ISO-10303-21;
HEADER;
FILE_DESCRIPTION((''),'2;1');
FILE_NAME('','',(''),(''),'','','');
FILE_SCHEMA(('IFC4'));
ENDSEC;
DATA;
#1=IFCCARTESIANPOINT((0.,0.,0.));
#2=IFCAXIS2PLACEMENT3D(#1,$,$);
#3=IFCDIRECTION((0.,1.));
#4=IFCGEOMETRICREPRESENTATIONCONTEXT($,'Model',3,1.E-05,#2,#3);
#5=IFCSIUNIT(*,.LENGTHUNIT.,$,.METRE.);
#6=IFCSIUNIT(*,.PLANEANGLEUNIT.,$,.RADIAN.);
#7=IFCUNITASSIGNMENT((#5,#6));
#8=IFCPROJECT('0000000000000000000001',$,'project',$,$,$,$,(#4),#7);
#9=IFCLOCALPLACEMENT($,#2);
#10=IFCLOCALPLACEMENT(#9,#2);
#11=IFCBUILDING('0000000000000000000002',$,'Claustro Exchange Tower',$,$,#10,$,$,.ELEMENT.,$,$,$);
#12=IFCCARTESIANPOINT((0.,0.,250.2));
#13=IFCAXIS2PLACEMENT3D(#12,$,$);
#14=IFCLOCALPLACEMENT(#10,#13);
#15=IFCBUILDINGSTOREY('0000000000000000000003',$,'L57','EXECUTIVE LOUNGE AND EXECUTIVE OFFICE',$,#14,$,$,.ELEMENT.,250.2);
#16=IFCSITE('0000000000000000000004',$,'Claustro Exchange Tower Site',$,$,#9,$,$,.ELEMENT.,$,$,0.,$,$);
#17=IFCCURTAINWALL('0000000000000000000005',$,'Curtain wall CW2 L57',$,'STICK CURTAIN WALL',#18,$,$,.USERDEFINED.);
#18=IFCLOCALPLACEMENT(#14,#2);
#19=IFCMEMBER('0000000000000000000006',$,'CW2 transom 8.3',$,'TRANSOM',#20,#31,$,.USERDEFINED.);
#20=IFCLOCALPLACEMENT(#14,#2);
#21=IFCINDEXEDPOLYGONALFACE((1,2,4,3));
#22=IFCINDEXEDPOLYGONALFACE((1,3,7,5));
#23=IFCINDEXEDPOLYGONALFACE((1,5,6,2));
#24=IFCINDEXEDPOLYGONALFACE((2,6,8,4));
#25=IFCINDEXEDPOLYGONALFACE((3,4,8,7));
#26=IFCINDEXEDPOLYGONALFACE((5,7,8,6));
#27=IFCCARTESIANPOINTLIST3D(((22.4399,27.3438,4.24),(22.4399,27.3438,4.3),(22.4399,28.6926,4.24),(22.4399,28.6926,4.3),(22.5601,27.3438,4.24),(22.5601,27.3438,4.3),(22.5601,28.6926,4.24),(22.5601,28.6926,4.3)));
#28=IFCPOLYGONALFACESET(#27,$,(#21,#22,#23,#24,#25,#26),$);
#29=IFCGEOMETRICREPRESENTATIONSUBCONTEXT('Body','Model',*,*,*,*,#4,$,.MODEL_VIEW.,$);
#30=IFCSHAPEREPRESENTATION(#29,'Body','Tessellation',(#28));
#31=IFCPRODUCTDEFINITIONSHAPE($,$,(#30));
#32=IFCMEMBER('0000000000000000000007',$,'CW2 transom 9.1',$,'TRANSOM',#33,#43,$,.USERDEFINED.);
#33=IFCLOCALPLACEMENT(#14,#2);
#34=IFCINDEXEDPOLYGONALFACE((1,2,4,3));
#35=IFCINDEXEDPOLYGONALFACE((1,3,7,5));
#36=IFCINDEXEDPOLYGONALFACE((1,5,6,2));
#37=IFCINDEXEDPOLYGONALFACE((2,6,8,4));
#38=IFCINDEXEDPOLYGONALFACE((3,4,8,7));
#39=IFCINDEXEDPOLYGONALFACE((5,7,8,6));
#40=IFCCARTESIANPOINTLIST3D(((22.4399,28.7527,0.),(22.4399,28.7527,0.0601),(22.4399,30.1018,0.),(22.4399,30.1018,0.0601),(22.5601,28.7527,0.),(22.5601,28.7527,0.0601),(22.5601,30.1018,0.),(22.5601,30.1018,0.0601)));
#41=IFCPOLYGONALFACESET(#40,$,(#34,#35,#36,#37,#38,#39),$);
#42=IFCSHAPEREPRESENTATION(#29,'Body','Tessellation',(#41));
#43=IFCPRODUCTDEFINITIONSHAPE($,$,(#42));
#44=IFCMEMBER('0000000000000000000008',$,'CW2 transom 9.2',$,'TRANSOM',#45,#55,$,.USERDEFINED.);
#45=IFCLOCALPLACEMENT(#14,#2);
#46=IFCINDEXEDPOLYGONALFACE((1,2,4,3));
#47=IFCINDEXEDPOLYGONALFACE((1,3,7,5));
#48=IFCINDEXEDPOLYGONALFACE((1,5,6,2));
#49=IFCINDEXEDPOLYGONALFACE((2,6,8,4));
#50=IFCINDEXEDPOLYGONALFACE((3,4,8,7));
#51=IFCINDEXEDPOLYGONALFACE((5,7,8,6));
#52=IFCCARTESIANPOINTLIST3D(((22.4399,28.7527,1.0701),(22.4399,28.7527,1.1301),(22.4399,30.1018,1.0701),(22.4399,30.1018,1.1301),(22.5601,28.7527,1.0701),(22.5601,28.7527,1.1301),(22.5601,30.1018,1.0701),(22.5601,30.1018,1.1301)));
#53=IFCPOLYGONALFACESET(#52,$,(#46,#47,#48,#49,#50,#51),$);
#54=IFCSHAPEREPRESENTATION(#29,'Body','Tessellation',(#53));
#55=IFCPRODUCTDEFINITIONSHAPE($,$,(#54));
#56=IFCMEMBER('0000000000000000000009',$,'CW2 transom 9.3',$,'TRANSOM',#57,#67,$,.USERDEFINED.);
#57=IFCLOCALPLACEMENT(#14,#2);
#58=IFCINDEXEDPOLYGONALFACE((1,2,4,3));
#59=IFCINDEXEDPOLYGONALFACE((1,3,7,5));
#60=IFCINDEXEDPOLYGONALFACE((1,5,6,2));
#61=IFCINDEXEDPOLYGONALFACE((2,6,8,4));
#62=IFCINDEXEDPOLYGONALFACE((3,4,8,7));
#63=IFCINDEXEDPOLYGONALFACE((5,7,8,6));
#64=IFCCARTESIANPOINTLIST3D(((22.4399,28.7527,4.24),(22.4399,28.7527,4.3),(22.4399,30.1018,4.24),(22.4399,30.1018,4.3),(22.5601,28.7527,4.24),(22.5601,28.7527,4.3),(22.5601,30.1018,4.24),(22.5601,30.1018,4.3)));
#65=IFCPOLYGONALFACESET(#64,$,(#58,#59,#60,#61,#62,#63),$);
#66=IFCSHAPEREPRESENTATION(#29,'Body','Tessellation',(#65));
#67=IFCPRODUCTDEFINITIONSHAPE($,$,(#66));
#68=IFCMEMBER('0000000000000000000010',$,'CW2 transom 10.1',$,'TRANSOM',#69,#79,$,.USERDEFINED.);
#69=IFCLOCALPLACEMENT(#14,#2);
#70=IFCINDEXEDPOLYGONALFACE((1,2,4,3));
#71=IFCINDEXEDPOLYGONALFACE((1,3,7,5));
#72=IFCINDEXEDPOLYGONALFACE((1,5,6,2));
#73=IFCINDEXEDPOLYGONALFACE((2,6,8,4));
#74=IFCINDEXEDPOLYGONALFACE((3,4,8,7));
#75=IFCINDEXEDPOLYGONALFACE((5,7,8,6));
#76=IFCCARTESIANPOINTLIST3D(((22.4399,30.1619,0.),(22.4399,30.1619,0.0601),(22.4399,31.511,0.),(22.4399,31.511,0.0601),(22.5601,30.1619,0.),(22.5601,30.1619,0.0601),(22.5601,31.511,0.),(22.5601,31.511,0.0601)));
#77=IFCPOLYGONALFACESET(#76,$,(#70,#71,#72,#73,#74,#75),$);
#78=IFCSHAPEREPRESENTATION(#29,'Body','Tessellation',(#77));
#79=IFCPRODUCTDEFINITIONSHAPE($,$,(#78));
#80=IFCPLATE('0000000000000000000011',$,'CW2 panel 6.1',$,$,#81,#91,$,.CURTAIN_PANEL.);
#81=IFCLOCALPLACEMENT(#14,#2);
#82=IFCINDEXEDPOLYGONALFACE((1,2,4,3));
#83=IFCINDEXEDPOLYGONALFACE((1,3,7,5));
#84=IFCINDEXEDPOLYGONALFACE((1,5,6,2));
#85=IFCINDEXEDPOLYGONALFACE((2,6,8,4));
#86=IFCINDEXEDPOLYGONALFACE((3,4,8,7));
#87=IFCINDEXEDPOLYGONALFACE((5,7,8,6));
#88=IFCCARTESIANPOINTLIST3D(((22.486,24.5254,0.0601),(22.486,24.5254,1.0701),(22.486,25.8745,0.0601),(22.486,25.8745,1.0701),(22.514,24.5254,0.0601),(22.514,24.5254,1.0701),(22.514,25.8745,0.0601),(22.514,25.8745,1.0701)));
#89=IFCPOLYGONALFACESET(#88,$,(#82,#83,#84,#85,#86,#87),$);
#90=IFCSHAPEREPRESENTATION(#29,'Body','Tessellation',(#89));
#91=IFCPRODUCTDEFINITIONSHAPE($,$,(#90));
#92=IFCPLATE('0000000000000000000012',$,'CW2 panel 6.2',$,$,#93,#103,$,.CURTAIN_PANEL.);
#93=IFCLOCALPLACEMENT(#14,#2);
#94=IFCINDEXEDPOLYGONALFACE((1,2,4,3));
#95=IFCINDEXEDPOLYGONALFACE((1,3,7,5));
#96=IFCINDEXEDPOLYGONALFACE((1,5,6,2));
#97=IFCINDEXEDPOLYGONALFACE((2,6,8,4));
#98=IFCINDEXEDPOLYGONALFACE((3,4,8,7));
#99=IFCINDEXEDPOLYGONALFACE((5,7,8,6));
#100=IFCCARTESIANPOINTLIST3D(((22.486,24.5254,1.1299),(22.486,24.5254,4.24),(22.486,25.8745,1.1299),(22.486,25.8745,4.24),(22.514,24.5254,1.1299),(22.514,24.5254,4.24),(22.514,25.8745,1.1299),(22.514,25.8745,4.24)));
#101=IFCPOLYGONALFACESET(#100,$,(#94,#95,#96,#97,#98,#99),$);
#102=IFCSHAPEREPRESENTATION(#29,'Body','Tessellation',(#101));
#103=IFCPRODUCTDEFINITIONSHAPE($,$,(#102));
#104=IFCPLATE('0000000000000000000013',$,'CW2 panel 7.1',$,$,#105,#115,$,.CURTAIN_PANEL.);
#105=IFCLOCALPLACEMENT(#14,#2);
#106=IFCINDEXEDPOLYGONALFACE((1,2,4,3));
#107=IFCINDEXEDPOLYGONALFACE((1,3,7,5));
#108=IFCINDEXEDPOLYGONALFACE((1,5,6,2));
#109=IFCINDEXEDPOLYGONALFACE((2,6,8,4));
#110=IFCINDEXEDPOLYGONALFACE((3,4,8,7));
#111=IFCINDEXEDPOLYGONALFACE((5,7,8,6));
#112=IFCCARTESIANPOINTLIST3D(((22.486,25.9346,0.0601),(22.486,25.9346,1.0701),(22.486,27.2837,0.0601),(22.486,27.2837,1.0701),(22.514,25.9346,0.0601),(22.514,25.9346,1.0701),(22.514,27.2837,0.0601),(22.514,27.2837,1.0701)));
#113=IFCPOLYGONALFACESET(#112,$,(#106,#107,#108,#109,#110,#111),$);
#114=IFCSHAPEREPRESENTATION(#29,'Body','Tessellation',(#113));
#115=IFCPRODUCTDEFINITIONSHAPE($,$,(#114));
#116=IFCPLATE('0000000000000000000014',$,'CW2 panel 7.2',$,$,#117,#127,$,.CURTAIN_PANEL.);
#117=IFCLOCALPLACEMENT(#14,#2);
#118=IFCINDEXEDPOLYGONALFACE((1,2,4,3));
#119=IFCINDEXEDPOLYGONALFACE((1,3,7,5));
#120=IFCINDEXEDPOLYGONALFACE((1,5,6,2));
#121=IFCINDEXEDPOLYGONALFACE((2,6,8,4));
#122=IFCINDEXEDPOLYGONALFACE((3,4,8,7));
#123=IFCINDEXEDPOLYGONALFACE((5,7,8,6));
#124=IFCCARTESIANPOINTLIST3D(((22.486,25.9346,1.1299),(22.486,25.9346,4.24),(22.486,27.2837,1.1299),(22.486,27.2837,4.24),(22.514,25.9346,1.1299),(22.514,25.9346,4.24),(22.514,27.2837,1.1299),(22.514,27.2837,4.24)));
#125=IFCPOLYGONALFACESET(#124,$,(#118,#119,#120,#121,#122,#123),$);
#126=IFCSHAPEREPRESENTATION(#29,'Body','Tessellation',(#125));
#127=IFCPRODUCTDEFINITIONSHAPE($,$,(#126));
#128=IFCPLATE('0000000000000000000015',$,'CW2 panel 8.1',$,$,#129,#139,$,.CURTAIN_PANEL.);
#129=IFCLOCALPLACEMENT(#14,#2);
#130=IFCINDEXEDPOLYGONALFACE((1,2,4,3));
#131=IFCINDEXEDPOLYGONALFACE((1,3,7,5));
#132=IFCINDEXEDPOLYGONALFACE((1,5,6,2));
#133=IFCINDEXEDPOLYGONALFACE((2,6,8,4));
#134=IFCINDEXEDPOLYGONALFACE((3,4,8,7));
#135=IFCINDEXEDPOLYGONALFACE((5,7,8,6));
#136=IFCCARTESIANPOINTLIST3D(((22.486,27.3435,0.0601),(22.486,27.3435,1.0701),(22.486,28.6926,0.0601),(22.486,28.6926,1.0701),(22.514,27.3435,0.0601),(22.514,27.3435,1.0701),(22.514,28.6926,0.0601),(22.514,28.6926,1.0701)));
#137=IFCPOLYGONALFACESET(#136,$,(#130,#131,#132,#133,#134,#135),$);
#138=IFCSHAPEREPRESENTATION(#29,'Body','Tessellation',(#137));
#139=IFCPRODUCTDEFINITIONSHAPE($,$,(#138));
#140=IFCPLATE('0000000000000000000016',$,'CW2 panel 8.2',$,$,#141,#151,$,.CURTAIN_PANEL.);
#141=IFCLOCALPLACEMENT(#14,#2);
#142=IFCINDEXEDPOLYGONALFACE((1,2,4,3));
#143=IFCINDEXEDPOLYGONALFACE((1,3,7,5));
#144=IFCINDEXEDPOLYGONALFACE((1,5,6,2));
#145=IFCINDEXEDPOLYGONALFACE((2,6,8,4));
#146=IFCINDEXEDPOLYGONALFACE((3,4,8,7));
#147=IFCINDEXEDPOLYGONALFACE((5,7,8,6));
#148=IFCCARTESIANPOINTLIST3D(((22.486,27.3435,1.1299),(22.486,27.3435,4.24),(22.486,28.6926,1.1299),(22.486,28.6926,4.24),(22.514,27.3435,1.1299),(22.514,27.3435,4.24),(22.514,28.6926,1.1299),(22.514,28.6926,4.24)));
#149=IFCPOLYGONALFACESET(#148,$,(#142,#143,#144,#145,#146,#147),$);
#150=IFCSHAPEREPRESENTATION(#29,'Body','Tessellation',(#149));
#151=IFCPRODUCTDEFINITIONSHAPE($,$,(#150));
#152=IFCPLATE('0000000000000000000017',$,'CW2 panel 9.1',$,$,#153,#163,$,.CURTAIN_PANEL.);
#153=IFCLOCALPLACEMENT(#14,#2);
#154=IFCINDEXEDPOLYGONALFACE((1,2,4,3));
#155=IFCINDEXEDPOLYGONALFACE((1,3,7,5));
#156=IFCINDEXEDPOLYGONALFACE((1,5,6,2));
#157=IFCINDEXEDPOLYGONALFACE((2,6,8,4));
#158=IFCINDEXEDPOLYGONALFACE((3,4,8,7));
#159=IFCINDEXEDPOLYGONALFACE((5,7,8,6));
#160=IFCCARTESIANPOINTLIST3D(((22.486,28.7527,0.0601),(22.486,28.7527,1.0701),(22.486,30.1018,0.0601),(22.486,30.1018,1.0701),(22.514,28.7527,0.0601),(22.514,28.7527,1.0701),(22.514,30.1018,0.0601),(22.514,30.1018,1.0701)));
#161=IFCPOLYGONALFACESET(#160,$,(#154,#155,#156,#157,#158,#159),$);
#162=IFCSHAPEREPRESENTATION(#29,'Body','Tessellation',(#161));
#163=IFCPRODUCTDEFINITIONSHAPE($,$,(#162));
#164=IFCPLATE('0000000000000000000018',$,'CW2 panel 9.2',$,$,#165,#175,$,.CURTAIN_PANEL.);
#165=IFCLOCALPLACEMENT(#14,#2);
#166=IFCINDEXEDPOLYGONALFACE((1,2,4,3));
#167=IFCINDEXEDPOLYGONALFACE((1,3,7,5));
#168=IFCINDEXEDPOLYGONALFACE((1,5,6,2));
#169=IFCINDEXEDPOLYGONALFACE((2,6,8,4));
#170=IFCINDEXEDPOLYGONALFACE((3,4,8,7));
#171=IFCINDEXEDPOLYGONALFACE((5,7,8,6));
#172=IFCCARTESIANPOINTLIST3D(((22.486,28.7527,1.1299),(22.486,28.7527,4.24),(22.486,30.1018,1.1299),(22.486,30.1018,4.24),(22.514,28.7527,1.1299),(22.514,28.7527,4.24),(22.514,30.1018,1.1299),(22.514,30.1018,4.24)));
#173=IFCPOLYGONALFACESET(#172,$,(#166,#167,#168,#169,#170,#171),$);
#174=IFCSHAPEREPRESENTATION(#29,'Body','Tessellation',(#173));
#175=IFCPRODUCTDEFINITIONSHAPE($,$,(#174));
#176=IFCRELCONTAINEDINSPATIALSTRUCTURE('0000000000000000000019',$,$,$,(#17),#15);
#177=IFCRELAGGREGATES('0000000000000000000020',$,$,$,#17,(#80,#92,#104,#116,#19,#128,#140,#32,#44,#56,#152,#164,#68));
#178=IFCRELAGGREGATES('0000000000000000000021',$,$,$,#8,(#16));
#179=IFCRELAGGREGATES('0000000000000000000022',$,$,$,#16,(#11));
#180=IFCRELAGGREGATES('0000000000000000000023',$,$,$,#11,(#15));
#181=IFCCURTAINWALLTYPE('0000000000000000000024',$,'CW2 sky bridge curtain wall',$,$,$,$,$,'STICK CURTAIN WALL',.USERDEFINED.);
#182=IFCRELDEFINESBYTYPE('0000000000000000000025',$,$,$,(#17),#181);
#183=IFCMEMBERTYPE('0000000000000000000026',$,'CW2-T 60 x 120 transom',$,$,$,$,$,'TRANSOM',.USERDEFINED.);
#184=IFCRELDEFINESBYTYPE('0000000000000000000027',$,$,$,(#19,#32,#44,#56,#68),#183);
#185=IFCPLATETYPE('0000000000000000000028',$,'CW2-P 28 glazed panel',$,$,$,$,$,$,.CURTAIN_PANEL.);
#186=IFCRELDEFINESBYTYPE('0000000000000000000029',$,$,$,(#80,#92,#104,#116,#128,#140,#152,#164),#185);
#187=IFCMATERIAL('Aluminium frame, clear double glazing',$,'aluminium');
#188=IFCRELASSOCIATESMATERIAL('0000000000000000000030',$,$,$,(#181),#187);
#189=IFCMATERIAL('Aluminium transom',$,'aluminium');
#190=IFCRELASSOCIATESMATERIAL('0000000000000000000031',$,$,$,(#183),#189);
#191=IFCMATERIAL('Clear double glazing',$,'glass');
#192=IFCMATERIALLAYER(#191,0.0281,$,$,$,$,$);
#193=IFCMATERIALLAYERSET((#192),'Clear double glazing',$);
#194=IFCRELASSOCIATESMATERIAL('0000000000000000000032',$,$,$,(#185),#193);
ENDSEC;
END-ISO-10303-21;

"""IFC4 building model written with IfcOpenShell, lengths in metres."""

from ifc_helpers import new_model, si_unit, direction, frame, origin, origin_2d, place, context, subcontext, project, spatial, rectangle, extrude, material, layer, layer_set, material_profile, profile_set, type_object, element, aggregate, save


model = new_model("IFC4")

# Units and contexts
model_context = context("Model", 3, precision=1e-05, world=origin(), true_north=direction((0.0, 1.0)))
body_context = subcontext(model_context, "Body", "Model", "MODEL_VIEW")
ifc_project = project(units=[si_unit("LENGTHUNIT", "METRE"), si_unit("PLANEANGLEUNIT", "RADIAN")], contexts=[model_context])

# Site, building, storey
site_placement = place(None, origin())
site = spatial("IfcSite", under=ifc_project, at=site_placement, Name="Claustro Exchange Tower Site", CompositionType="ELEMENT", RefElevation=0.0)
building_placement = place(site_placement, origin())
building = spatial("IfcBuilding", under=site, at=building_placement, Name="Claustro Exchange Tower", CompositionType="ELEMENT")
storey_placement = place(building_placement, frame((0.0, 0.0, 250.2)))
storey = spatial("IfcBuildingStorey", under=building, at=storey_placement, Name="L57", Description="EXECUTIVE LOUNGE AND EXECUTIVE OFFICE", CompositionType="ELEMENT", Elevation=250.2)

# Curtain wall, members, plates
ifc_material_1 = material(Name="Aluminium frame, clear double glazing", Category="aluminium")
curtain_wall_type = type_object("IfcCurtainWallType", Name="CW2 sky bridge curtain wall", ElementType="STICK CURTAIN WALL", PredefinedType="USERDEFINED", material=ifc_material_1)
curtain_wall_placement = place(storey_placement, origin())
curtain_wall = element("IfcCurtainWall", 1, at=curtain_wall_placement, inside=storey, type_object=curtain_wall_type, Name="Curtain wall CW2 L57", ObjectType="STICK CURTAIN WALL", PredefinedType="USERDEFINED")
ifc_material_2 = material(Name="Aluminium transom", Category="aluminium")
ifc_material_profile_1 = material_profile(ifc_material_2, rectangle(XDim=0.1201, YDim=0.0601, at=origin_2d()), Name="CW2-T 60x120")
ifc_profile_set_1 = profile_set([ifc_material_profile_1], Name="Aluminium transom")
member_type_1 = type_object("IfcMemberType", Name="CW2-T 60 x 120 transom", ElementType="TRANSOM", PredefinedType="USERDEFINED", material=ifc_profile_set_1)
member_1_placement = place(storey_placement, frame((22.5, 27.3438, 4.27), z_axis=(0.0, 1.0, 0.0), x_axis=(-1.0, 0.0, 0.0)))
member_1 = element("IfcMember", 2, at=member_1_placement, type_object=member_type_1, Name="CW2 transom 8.3", ObjectType="TRANSOM", PredefinedType="USERDEFINED", context=body_context, shape_type="SweptSolid", body=[
    extrude(rectangle(XDim=0.1201, YDim=0.0601, at=origin_2d()), origin(), (0.0, 0.0, 1.0), 1.3489),
])
member_2_placement = place(storey_placement, frame((22.5, 28.7527, 0.03), z_axis=(0.0, 1.0, 0.0), x_axis=(-1.0, 0.0, 0.0)))
member_2 = element("IfcMember", 3, at=member_2_placement, type_object=member_type_1, Name="CW2 transom 9.1", ObjectType="TRANSOM", PredefinedType="USERDEFINED", context=body_context, shape_type="SweptSolid", body=[
    extrude(rectangle(XDim=0.1201, YDim=0.0601, at=origin_2d()), origin(), (0.0, 0.0, 1.0), 1.3491),
])
member_3_placement = place(storey_placement, frame((22.5, 28.7527, 1.1001), z_axis=(0.0, 1.0, 0.0), x_axis=(-1.0, 0.0, 0.0)))
member_3 = element("IfcMember", 4, at=member_3_placement, type_object=member_type_1, Name="CW2 transom 9.2", ObjectType="TRANSOM", PredefinedType="USERDEFINED", context=body_context, shape_type="SweptSolid", body=[
    extrude(rectangle(XDim=0.1201, YDim=0.0601, at=origin_2d()), origin(), (0.0, 0.0, 1.0), 1.3491),
])
member_4_placement = place(storey_placement, frame((22.5, 28.7527, 4.27), z_axis=(0.0, 1.0, 0.0), x_axis=(-1.0, 0.0, 0.0)))
member_4 = element("IfcMember", 5, at=member_4_placement, type_object=member_type_1, Name="CW2 transom 9.3", ObjectType="TRANSOM", PredefinedType="USERDEFINED", context=body_context, shape_type="SweptSolid", body=[
    extrude(rectangle(XDim=0.1201, YDim=0.0601, at=origin_2d()), origin(), (0.0, 0.0, 1.0), 1.3491),
])
member_5_placement = place(storey_placement, frame((22.5, 30.1619, 0.03), z_axis=(0.0, 1.0, 0.0), x_axis=(-1.0, 0.0, 0.0)))
member_5 = element("IfcMember", 6, at=member_5_placement, type_object=member_type_1, Name="CW2 transom 10.1", ObjectType="TRANSOM", PredefinedType="USERDEFINED", context=body_context, shape_type="SweptSolid", body=[
    extrude(rectangle(XDim=0.1201, YDim=0.0601, at=origin_2d()), origin(), (0.0, 0.0, 1.0), 1.3491),
])
ifc_material_3 = material(Name="Clear double glazing", Category="glass")
ifc_layer = layer(ifc_material_3, 0.0281)
ifc_layer_set = layer_set([ifc_layer], Name="Clear double glazing")
plate_type = type_object("IfcPlateType", Name="CW2-P 28 glazed panel", PredefinedType="CURTAIN_PANEL", material=ifc_layer_set)
plate_1_placement = place(storey_placement, frame((22.5, 25.2, 0.0601), z_axis=(0.0, 0.0, 1.0), x_axis=(0.0, 1.0, 0.0)))
plate_1 = element("IfcPlate", 7, at=plate_1_placement, type_object=plate_type, Name="CW2 panel 6.1", PredefinedType="CURTAIN_PANEL", context=body_context, shape_type="SweptSolid", body=[
    extrude(rectangle(XDim=1.3491, YDim=0.0281, at=origin_2d()), origin(), (0.0, 0.0, 1.0), 1.01),
])
plate_2_placement = place(storey_placement, frame((22.5, 25.2, 1.1299), z_axis=(0.0, 0.0, 1.0), x_axis=(0.0, 1.0, 0.0)))
plate_2 = element("IfcPlate", 8, at=plate_2_placement, type_object=plate_type, Name="CW2 panel 6.2", PredefinedType="CURTAIN_PANEL", context=body_context, shape_type="SweptSolid", body=[
    extrude(rectangle(XDim=1.3491, YDim=0.0281, at=origin_2d()), origin(), (0.0, 0.0, 1.0), 3.1101),
])
plate_3_placement = place(storey_placement, frame((22.5, 26.6091, 0.0601), z_axis=(0.0, 0.0, 1.0), x_axis=(0.0, 1.0, 0.0)))
plate_3 = element("IfcPlate", 9, at=plate_3_placement, type_object=plate_type, Name="CW2 panel 7.1", PredefinedType="CURTAIN_PANEL", context=body_context, shape_type="SweptSolid", body=[
    extrude(rectangle(XDim=1.3491, YDim=0.0281, at=origin_2d()), origin(), (0.0, 0.0, 1.0), 1.01),
])
plate_4_placement = place(storey_placement, frame((22.5, 26.6091, 1.1299), z_axis=(0.0, 0.0, 1.0), x_axis=(0.0, 1.0, 0.0)))
plate_4 = element("IfcPlate", 10, at=plate_4_placement, type_object=plate_type, Name="CW2 panel 7.2", PredefinedType="CURTAIN_PANEL", context=body_context, shape_type="SweptSolid", body=[
    extrude(rectangle(XDim=1.3491, YDim=0.0281, at=origin_2d()), origin(), (0.0, 0.0, 1.0), 3.1101),
])
plate_5_placement = place(storey_placement, frame((22.5, 28.0181, 0.0601), z_axis=(0.0, 0.0, 1.0), x_axis=(0.0, 1.0, 0.0)))
plate_5 = element("IfcPlate", 11, at=plate_5_placement, type_object=plate_type, Name="CW2 panel 8.1", PredefinedType="CURTAIN_PANEL", context=body_context, shape_type="SweptSolid", body=[
    extrude(rectangle(XDim=1.3491, YDim=0.0281, at=origin_2d()), origin(), (0.0, 0.0, 1.0), 1.01),
])
plate_6_placement = place(storey_placement, frame((22.5, 28.0181, 1.1299), z_axis=(0.0, 0.0, 1.0), x_axis=(0.0, 1.0, 0.0)))
plate_6 = element("IfcPlate", 12, at=plate_6_placement, type_object=plate_type, Name="CW2 panel 8.2", PredefinedType="CURTAIN_PANEL", context=body_context, shape_type="SweptSolid", body=[
    extrude(rectangle(XDim=1.3491, YDim=0.0281, at=origin_2d()), origin(), (0.0, 0.0, 1.0), 3.1101),
])
plate_7_placement = place(storey_placement, frame((22.5, 29.4272, 0.0601), z_axis=(0.0, 0.0, 1.0), x_axis=(0.0, 1.0, 0.0)))
plate_7 = element("IfcPlate", 13, at=plate_7_placement, type_object=plate_type, Name="CW2 panel 9.1", PredefinedType="CURTAIN_PANEL", context=body_context, shape_type="SweptSolid", body=[
    extrude(rectangle(XDim=1.3491, YDim=0.0281, at=origin_2d()), origin(), (0.0, 0.0, 1.0), 1.01),
])
plate_8_placement = place(storey_placement, frame((22.5, 29.4272, 1.1299), z_axis=(0.0, 0.0, 1.0), x_axis=(0.0, 1.0, 0.0)))
plate_8 = element("IfcPlate", 14, at=plate_8_placement, type_object=plate_type, Name="CW2 panel 9.2", PredefinedType="CURTAIN_PANEL", context=body_context, shape_type="SweptSolid", body=[
    extrude(rectangle(XDim=1.3491, YDim=0.0281, at=origin_2d()), origin(), (0.0, 0.0, 1.0), 3.1101),
])
aggregate(curtain_wall, [plate_1, plate_2, plate_3, plate_4, member_1, plate_5, plate_6, member_2, member_3, member_4, plate_7, plate_8, member_5])

save(model, "model.ifc")
